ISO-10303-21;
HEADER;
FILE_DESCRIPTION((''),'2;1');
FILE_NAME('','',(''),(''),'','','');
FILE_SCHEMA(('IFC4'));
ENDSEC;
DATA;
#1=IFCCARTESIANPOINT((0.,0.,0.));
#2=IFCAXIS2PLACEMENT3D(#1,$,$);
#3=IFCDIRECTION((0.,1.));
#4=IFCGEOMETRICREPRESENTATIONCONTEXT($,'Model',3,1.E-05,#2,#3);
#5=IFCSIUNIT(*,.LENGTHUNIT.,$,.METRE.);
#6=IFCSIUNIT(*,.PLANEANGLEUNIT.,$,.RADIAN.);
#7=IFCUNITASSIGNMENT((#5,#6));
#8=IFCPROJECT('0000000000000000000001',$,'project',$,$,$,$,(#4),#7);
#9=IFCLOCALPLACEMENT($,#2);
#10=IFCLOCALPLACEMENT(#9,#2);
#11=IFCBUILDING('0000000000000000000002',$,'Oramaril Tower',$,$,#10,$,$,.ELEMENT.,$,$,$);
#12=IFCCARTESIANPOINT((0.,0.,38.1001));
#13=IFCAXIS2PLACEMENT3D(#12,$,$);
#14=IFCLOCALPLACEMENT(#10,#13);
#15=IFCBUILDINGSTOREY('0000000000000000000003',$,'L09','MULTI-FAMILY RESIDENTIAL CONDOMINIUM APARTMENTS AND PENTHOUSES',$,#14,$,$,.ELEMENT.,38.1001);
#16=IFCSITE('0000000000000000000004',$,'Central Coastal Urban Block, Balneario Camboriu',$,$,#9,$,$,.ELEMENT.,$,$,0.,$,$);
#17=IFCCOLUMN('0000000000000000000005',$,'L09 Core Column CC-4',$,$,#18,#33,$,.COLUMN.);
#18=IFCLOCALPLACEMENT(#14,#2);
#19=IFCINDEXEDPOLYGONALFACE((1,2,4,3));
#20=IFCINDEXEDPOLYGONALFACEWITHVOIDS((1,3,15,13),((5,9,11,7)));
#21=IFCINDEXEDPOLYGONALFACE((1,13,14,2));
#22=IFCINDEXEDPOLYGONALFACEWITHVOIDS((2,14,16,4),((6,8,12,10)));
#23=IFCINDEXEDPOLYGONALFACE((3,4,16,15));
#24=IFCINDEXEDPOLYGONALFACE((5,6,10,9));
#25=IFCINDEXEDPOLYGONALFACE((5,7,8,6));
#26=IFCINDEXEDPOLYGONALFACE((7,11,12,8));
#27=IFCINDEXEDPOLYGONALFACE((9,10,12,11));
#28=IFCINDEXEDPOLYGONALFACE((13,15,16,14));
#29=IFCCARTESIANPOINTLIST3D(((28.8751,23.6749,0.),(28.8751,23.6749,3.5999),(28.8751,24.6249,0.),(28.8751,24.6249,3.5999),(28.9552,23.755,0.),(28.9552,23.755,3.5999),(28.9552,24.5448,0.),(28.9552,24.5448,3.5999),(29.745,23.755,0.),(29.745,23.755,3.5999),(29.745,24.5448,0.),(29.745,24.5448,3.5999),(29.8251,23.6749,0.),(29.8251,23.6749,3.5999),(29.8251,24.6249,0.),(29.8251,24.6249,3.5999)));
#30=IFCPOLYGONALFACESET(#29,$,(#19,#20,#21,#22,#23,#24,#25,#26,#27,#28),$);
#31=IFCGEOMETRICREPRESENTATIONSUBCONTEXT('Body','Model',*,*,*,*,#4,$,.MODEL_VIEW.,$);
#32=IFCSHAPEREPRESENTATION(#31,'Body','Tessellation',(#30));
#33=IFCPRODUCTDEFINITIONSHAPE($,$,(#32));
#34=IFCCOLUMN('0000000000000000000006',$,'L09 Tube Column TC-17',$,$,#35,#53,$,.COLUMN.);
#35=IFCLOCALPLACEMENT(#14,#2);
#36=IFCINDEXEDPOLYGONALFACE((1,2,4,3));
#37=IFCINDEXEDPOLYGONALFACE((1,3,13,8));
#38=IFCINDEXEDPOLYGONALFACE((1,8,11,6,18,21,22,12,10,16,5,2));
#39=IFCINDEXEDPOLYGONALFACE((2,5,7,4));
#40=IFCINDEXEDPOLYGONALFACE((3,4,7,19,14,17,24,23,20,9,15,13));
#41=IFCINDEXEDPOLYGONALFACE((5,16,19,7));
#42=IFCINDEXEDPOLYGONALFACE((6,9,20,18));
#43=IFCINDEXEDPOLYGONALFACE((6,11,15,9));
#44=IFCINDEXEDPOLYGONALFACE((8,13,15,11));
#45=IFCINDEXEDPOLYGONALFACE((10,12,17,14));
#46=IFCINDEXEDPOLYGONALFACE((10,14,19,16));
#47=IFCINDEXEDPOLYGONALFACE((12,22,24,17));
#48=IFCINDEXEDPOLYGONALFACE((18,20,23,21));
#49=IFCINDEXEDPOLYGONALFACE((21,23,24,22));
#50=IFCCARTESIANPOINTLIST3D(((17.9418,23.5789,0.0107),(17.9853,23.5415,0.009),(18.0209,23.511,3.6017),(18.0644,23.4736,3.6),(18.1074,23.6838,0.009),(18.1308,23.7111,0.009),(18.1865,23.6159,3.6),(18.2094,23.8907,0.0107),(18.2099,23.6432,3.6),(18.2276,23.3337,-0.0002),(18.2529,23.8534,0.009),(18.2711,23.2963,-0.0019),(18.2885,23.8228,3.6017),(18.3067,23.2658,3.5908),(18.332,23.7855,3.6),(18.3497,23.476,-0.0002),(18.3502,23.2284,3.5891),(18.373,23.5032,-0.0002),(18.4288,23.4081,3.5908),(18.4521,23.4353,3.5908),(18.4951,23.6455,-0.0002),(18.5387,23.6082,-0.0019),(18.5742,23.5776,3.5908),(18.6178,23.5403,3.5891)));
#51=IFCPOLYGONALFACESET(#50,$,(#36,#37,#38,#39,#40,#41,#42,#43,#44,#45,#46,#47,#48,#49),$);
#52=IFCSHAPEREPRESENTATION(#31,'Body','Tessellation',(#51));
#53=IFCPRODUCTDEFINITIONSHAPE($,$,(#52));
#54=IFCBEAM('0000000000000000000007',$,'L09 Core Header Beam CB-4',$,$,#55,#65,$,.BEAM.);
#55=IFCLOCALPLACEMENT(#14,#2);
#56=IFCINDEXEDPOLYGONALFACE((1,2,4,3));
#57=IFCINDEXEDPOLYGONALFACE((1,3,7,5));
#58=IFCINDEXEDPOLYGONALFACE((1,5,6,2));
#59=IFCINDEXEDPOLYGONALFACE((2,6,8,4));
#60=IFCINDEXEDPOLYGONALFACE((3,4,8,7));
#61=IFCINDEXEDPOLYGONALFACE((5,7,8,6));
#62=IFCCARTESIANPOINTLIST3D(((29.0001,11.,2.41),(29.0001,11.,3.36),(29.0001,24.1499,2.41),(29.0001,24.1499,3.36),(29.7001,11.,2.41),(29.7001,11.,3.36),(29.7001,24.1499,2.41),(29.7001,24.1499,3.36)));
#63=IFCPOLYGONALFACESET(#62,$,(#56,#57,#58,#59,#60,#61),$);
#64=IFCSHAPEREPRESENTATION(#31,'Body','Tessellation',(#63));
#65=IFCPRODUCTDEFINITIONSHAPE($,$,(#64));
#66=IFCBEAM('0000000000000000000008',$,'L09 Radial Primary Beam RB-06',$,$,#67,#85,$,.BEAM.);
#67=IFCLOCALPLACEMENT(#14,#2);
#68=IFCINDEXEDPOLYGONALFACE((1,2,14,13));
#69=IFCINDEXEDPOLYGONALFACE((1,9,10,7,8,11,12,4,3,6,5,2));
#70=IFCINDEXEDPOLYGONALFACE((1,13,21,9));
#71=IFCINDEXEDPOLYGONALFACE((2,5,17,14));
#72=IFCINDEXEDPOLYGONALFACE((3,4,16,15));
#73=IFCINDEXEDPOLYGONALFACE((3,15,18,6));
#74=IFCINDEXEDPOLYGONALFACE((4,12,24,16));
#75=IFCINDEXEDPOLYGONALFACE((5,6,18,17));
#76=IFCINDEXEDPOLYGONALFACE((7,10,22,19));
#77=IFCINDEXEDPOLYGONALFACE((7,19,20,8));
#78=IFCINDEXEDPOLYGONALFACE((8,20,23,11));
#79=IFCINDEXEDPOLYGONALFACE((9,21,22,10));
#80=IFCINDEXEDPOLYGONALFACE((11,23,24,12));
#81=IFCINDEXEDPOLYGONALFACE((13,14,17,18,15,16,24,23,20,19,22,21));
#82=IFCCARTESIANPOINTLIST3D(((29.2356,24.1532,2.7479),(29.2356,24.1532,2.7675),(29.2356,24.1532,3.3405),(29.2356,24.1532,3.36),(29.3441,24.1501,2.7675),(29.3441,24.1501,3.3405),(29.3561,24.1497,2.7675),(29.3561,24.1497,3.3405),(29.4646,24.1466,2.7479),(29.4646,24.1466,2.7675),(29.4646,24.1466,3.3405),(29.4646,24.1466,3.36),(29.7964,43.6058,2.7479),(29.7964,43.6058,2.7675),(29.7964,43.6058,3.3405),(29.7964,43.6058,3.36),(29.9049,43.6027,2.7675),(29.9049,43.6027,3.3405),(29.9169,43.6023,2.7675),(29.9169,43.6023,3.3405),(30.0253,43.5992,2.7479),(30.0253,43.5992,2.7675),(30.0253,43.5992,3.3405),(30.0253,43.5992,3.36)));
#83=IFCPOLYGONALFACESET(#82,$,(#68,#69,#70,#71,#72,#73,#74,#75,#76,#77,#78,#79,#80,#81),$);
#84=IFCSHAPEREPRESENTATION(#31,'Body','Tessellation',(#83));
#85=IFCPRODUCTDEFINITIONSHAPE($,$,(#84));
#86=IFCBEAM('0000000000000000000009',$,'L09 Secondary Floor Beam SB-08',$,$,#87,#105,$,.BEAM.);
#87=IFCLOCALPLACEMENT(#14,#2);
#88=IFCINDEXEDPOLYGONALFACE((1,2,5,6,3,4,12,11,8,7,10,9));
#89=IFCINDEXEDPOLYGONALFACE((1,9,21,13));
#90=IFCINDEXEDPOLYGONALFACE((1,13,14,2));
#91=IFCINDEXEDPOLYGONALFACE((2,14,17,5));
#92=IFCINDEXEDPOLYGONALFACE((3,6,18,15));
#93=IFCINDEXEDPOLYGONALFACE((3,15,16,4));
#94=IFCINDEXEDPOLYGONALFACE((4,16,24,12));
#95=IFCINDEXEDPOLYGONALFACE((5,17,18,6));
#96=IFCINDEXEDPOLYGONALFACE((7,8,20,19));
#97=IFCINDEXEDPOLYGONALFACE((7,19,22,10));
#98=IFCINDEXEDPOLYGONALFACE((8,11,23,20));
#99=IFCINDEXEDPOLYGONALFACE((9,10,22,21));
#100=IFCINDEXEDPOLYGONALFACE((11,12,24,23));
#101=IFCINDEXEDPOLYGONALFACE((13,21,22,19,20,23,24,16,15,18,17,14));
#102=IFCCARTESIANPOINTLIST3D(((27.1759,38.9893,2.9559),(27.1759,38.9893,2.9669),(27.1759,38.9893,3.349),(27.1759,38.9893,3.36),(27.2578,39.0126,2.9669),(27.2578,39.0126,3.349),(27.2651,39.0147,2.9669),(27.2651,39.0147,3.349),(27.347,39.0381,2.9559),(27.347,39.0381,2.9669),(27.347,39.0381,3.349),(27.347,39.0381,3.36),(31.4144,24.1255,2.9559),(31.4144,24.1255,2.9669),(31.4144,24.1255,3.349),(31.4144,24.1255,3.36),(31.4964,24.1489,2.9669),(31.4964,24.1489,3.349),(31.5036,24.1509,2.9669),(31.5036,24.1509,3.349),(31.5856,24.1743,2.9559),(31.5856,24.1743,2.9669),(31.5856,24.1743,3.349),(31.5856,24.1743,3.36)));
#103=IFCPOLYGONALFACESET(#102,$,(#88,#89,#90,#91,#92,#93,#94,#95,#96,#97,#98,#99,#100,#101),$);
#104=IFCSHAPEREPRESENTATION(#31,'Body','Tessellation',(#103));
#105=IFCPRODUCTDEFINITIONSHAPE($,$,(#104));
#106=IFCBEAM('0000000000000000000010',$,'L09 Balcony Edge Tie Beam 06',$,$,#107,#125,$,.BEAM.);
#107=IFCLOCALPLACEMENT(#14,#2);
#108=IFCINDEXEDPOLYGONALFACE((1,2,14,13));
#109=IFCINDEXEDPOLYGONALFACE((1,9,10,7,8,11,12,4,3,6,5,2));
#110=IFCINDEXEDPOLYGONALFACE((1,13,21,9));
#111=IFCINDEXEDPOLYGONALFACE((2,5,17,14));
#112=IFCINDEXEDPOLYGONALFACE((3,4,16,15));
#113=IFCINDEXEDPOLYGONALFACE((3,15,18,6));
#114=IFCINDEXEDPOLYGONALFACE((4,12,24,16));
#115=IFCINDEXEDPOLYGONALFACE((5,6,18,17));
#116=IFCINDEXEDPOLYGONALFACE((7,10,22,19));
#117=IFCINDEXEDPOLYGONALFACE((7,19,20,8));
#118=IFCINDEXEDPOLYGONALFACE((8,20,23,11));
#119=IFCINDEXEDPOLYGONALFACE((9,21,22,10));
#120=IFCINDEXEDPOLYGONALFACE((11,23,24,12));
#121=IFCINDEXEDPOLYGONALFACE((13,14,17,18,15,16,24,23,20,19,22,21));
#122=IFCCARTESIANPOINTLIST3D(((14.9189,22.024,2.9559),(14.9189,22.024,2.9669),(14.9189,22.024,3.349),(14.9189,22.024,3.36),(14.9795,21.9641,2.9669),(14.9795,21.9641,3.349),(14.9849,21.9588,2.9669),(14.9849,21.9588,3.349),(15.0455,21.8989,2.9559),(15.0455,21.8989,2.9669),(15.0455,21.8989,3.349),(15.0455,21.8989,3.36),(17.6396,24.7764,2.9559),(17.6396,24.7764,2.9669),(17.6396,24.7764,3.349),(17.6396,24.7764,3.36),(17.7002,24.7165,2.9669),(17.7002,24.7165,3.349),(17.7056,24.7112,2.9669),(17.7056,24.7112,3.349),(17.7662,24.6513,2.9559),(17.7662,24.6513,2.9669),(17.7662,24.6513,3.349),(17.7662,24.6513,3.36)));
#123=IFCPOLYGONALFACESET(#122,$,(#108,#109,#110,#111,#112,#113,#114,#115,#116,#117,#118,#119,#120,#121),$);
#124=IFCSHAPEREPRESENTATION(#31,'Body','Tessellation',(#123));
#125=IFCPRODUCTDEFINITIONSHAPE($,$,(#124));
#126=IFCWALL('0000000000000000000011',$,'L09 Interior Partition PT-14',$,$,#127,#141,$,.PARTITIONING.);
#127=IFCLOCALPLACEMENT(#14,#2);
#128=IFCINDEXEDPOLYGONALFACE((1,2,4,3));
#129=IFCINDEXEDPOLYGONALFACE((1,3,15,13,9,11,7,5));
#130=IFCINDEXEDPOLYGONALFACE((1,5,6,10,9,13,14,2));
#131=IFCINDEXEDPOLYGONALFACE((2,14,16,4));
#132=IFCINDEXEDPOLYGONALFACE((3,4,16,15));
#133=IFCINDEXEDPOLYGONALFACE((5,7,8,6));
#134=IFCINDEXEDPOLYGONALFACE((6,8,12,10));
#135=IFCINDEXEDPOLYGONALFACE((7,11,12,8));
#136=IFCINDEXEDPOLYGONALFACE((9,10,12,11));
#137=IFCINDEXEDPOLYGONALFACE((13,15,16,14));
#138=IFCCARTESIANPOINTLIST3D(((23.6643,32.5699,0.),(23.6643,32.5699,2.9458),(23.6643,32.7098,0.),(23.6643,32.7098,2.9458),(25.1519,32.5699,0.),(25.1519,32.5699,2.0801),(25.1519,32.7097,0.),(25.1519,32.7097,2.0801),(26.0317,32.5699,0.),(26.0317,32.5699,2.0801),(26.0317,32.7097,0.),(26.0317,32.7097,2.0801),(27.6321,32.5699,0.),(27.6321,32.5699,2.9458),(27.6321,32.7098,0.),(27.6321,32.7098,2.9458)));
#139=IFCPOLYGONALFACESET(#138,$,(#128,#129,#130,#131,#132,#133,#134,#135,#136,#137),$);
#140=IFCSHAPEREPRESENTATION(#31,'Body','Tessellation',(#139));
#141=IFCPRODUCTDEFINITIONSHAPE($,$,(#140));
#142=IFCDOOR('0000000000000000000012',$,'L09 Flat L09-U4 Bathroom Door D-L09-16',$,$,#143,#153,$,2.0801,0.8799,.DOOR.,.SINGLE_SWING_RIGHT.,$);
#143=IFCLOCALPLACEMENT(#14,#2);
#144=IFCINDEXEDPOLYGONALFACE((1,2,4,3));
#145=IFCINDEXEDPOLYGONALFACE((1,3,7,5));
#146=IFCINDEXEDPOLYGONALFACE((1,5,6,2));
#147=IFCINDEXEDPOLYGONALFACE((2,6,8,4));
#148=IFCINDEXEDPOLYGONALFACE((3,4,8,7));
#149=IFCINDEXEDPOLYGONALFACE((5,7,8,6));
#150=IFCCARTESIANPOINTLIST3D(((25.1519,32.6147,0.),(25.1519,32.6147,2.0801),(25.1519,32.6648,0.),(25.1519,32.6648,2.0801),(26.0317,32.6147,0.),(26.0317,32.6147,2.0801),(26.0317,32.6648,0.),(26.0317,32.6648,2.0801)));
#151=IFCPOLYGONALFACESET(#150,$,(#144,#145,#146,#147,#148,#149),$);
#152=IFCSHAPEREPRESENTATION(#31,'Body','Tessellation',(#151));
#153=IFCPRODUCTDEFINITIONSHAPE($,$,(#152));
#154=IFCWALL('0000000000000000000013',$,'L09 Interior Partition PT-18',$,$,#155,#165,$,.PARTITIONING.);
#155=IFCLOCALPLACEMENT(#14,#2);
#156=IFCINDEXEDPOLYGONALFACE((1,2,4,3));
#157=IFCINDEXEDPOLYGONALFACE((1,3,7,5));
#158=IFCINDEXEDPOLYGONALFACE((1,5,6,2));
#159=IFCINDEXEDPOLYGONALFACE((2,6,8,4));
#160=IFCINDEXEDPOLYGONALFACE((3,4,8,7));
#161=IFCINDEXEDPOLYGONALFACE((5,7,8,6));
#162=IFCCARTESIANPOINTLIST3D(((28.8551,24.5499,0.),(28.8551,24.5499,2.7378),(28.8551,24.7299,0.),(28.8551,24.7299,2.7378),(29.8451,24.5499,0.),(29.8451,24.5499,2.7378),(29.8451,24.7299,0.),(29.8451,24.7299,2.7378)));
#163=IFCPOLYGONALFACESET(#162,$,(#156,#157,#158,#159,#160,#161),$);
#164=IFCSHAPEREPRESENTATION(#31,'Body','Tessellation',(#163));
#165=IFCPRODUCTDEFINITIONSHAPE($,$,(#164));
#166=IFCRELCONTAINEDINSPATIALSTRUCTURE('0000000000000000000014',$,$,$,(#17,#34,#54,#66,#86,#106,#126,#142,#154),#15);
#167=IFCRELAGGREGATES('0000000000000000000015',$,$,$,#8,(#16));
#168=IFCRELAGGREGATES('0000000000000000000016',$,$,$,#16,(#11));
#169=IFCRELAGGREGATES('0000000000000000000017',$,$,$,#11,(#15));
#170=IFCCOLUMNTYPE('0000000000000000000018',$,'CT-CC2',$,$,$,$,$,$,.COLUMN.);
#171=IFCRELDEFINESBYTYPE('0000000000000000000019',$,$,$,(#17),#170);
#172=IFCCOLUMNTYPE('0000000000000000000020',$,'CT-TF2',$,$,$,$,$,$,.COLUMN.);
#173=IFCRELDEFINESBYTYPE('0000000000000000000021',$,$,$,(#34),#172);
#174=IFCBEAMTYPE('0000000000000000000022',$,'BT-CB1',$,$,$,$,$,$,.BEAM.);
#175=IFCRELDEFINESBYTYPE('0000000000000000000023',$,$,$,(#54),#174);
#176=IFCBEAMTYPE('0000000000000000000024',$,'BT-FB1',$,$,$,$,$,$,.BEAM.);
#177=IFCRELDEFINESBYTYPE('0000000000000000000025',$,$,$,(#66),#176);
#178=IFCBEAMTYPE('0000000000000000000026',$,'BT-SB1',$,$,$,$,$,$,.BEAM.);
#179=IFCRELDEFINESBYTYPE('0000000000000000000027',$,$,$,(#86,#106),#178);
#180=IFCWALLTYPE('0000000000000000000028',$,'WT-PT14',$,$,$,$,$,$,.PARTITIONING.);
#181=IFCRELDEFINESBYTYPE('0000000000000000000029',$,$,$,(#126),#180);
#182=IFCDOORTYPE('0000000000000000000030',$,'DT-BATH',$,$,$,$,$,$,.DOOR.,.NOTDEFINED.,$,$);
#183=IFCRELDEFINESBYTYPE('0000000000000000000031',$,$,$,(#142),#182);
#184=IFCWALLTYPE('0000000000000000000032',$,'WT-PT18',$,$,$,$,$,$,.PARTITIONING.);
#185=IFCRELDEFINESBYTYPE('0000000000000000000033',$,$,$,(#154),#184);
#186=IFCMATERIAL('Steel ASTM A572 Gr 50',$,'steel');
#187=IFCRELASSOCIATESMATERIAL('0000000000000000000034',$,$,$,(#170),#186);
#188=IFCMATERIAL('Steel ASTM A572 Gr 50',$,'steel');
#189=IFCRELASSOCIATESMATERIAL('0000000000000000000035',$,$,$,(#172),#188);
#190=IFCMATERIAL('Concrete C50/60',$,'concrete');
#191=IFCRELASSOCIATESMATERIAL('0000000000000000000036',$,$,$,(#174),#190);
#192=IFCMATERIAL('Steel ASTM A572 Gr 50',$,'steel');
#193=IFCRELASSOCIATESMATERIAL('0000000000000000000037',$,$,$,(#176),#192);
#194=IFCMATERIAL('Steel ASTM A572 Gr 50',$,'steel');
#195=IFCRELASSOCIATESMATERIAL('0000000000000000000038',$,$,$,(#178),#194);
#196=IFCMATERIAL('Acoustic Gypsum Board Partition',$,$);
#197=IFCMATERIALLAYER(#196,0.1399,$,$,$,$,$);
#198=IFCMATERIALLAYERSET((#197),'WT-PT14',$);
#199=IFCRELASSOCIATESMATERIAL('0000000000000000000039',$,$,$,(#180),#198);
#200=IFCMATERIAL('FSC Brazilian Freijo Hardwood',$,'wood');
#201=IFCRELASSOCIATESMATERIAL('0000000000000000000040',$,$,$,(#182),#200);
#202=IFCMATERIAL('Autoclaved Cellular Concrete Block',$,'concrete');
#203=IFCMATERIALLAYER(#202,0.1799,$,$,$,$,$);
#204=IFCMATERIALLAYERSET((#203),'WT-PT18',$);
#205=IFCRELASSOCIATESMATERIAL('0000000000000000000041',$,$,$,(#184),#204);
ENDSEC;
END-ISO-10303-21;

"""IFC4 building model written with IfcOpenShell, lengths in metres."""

from ifc_helpers import new_model, si_unit, direction, frame, frame_2d, origin, origin_2d, place, context, subcontext, project, spatial, rectangle, hollow_rectangle, i_section, extrude, material, layer, layer_set, material_profile, profile_set, type_object, element, fill, save


model = new_model("IFC4")

# Units and contexts
model_context = context("Model", 3, precision=1e-05, world=origin(), true_north=direction((0.0, 1.0)))
body_context = subcontext(model_context, "Body", "Model", "MODEL_VIEW")
ifc_project = project(units=[si_unit("LENGTHUNIT", "METRE"), si_unit("PLANEANGLEUNIT", "RADIAN")], contexts=[model_context])

# Site, building, storey
site_placement = place(None, origin())
site = spatial("IfcSite", under=ifc_project, at=site_placement, Name="Central Coastal Urban Block, Balneario Camboriu", CompositionType="ELEMENT", RefElevation=0.0)
building_placement = place(site_placement, origin())
building = spatial("IfcBuilding", under=site, at=building_placement, Name="Oramaril Tower", CompositionType="ELEMENT")
storey_placement = place(building_placement, frame((0.0, 0.0, 38.1001)))
storey = spatial("IfcBuildingStorey", under=building, at=storey_placement, Name="L09", Description="MULTI-FAMILY RESIDENTIAL CONDOMINIUM APARTMENTS AND PENTHOUSES", CompositionType="ELEMENT", Elevation=38.1001)

# Columns
ifc_material_1 = material(Name="Steel ASTM A572 Gr 50", Category="steel")
ifc_material_profile_1 = material_profile(ifc_material_1, hollow_rectangle(XDim=0.95, YDim=0.95, WallThickness=0.0801, at=origin_2d()), Name="BOX950X950X80")
ifc_profile_set_1 = profile_set([ifc_material_profile_1], Name="Steel ASTM A572 Gr 50")
column_type_1 = type_object("IfcColumnType", Name="CT-CC2", PredefinedType="COLUMN", material=ifc_profile_set_1)
column_1_placement = place(storey_placement, frame((29.3501, 24.1499, 0.0), z_axis=(0.0, 0.0, 1.0), x_axis=(1.0, 0.0, 0.0)))
element("IfcColumn", 1, at=column_1_placement, inside=storey, type_object=column_type_1, Name="L09 Core Column CC-4", PredefinedType="COLUMN", context=body_context, shape_type="SweptSolid", body=[
    extrude(hollow_rectangle(XDim=0.95, YDim=0.95, WallThickness=0.0801, at=origin_2d()), origin(), (0.0, 0.0, 1.0), 3.5999),
])
ifc_material_2 = material(Name="Steel ASTM A572 Gr 50", Category="steel")
ifc_material_profile_2 = material_profile(ifc_material_2, i_section(OverallWidth=0.4109, OverallDepth=0.4341, WebThickness=0.0359, FlangeThickness=0.0574, at=origin_2d()), Name="W14X311")
ifc_profile_set_2 = profile_set([ifc_material_profile_2], Name="Steel ASTM A572 Gr 50")
column_type_2 = type_object("IfcColumnType", Name="CT-TF2", PredefinedType="COLUMN", material=ifc_profile_set_2)
column_2_placement = place(storey_placement, frame((18.2402, 23.5935, 0.0044), z_axis=(0.022018, -0.018892, 0.999579), x_axis=(0.651177, 0.758926, 0.0)))
element("IfcColumn", 2, at=column_2_placement, inside=storey, type_object=column_type_2, Name="L09 Tube Column TC-17", PredefinedType="COLUMN", context=body_context, shape_type="SweptSolid", body=[
    extrude(i_section(OverallWidth=0.4109, OverallDepth=0.4341, WebThickness=0.0359, FlangeThickness=0.0574, at=origin_2d()), origin(), (0.0, 0.0, 1.0), 3.5925),
])

# Beams
ifc_material_3 = material(Name="Concrete C50/60", Category="concrete")
ifc_material_profile_3 = material_profile(ifc_material_3, rectangle(XDim=0.7, YDim=0.95, at=origin_2d()), Name="CB700X950")
ifc_profile_set_3 = profile_set([ifc_material_profile_3], Name="Concrete C50/60")
beam_type_1 = type_object("IfcBeamType", Name="BT-CB1", PredefinedType="BEAM", material=ifc_profile_set_3)
beam_1_placement = place(storey_placement, frame((29.3501, 24.1499, 2.885), z_axis=(0.0, -1.0, 0.0), x_axis=(1.0, 0.0, 0.0)))
element("IfcBeam", 3, at=beam_1_placement, inside=storey, type_object=beam_type_1, Name="L09 Core Header Beam CB-4", PredefinedType="BEAM", context=body_context, shape_type="SweptSolid", body=[
    extrude(rectangle(XDim=0.7, YDim=0.95, at=origin_2d()), origin(), (0.0, 0.0, 1.0), 13.1499),
])
ifc_material_4 = material(Name="Steel ASTM A572 Gr 50", Category="steel")
ifc_material_profile_4 = material_profile(ifc_material_4, i_section(OverallWidth=0.229, OverallDepth=0.6121, WebThickness=0.012, FlangeThickness=0.0195, at=origin_2d()), Name="W24X84")
ifc_profile_set_4 = profile_set([ifc_material_profile_4], Name="Steel ASTM A572 Gr 50")
beam_type_2 = type_object("IfcBeamType", Name="BT-FB1", PredefinedType="BEAM", material=ifc_profile_set_4)
beam_2_placement = place(storey_placement, frame((29.3501, 24.1499, 3.054), z_axis=(0.028817, 0.999585, 0.0), x_axis=(-0.999585, 0.028817, 0.0)))
element("IfcBeam", 4, at=beam_2_placement, inside=storey, type_object=beam_type_2, Name="L09 Radial Primary Beam RB-06", PredefinedType="BEAM", context=body_context, shape_type="SweptSolid", body=[
    extrude(i_section(OverallWidth=0.229, OverallDepth=0.6121, WebThickness=0.012, FlangeThickness=0.0195, at=origin_2d()), origin(), (0.0, 0.0, 1.0), 19.4607),
])
ifc_material_5 = material(Name="Steel ASTM A572 Gr 50", Category="steel")
ifc_material_profile_5 = material_profile(ifc_material_5, i_section(OverallWidth=0.178, OverallDepth=0.4041, WebThickness=0.0076, FlangeThickness=0.011, at=origin_2d()), Name="W16X36")
ifc_profile_set_5 = profile_set([ifc_material_profile_5], Name="Steel ASTM A572 Gr 50")
beam_type_3 = type_object("IfcBeamType", Name="BT-SB1", PredefinedType="BEAM", material=ifc_profile_set_5)
beam_3_placement = place(storey_placement, frame((31.5, 24.1499, 3.158), z_axis=(-0.274227, 0.961665, 0.0), x_axis=(-0.961665, -0.274227, 0.0)))
element("IfcBeam", 5, at=beam_3_placement, inside=storey, type_object=beam_type_3, Name="L09 Secondary Floor Beam SB-08", PredefinedType="BEAM", context=body_context, shape_type="SweptSolid", body=[
    extrude(i_section(OverallWidth=0.178, OverallDepth=0.4041, WebThickness=0.0076, FlangeThickness=0.011, at=origin_2d()), origin(), (0.0, 0.0, 1.0), 15.4563),
])
beam_4_placement = place(storey_placement, frame((17.7029, 24.7139, 3.158), z_axis=(-0.702995, -0.711195, 0.0), x_axis=(0.711195, -0.702995, 0.0)))
element("IfcBeam", 6, at=beam_4_placement, inside=storey, type_object=beam_type_3, Name="L09 Balcony Edge Tie Beam 06", PredefinedType="BEAM", context=body_context, shape_type="SweptSolid", body=[
    extrude(i_section(OverallWidth=0.178, OverallDepth=0.4041, WebThickness=0.0076, FlangeThickness=0.011, at=origin_2d()), origin(), (0.0, 0.0, 1.0), 3.8701),
])

# Wall, opening, door
ifc_material_6 = material(Name="Acoustic Gypsum Board Partition")
ifc_layer_1 = layer(ifc_material_6, 0.1399)
ifc_layer_set_1 = layer_set([ifc_layer_1], Name="WT-PT14")
wall_type_1 = type_object("IfcWallType", Name="WT-PT14", PredefinedType="PARTITIONING", material=ifc_layer_set_1)
wall_1_placement = place(storey_placement, frame((23.6643, 32.6399, 0.0), z_axis=(0.0, 0.0, 1.0), x_axis=(1.0, 0.0, 0.0)))
wall_1 = element("IfcWall", 7, at=wall_1_placement, inside=storey, type_object=wall_type_1, Name="L09 Interior Partition PT-14", PredefinedType="PARTITIONING", context=body_context, shape_type="SweptSolid", body=[
    extrude(rectangle(XDim=3.9678, YDim=0.1399, at=frame_2d((1.9839, 0.0))), origin(), (0.0, 0.0, 1.0), 2.9458),
])
opening_1_placement = place(wall_1_placement, frame((1.4875, 0.0, 0.0)))
opening_1 = element("IfcOpeningElement", 8, at=opening_1_placement, cuts=wall_1, PredefinedType="OPENING", context=body_context, shape_type="SweptSolid", body=[
    extrude(rectangle(XDim=0.8799, YDim=2.0801, at=frame_2d((0.4399, 1.04))), frame((0.0, 0.0698, 0.0), z_axis=(0.0, -1.0, 0.0), x_axis=(1.0, 0.0, 0.0)), (0.0, 0.0, 1.0), 0.1399),
])
ifc_material_7 = material(Name="FSC Brazilian Freijo Hardwood", Category="wood")
door_type_1 = type_object("IfcDoorType", Name="DT-BATH", OperationType="NOTDEFINED", PredefinedType="DOOR", material=ifc_material_7)
door_1_placement = place(opening_1_placement, origin())
door_1 = element("IfcDoor", 9, at=door_1_placement, inside=storey, type_object=door_type_1, Name="L09 Flat L09-U4 Bathroom Door D-L09-16", OperationType="SINGLE_SWING_RIGHT", OverallHeight=2.0801, OverallWidth=0.8799, PredefinedType="DOOR", context=body_context, shape_type="SweptSolid", body=[
    extrude(rectangle(XDim=0.8799, YDim=2.0801, at=frame_2d((0.4399, 1.04))), frame((0.0, 0.0249, 0.0), z_axis=(0.0, -1.0, 0.0), x_axis=(1.0, 0.0, 0.0)), (0.0, 0.0, 1.0), 0.05),
])
fill(opening_1, door_1)

# Wall
ifc_material_8 = material(Name="Autoclaved Cellular Concrete Block", Category="concrete")
ifc_layer_2 = layer(ifc_material_8, 0.1799)
ifc_layer_set_2 = layer_set([ifc_layer_2], Name="WT-PT18")
wall_type_2 = type_object("IfcWallType", Name="WT-PT18", PredefinedType="PARTITIONING", material=ifc_layer_set_2)
wall_2_placement = place(storey_placement, frame((28.855, 24.6399, 0.0), z_axis=(0.0, 0.0, 1.0), x_axis=(1.0, 0.0, 0.0)))
element("IfcWall", 10, at=wall_2_placement, inside=storey, type_object=wall_type_2, Name="L09 Interior Partition PT-18", PredefinedType="PARTITIONING", context=body_context, shape_type="SweptSolid", body=[
    extrude(rectangle(XDim=0.99, YDim=0.1799, at=frame_2d((0.4951, 0.0))), origin(), (0.0, 0.0, 1.0), 2.7378),
])

save(model, "model.ifc")
